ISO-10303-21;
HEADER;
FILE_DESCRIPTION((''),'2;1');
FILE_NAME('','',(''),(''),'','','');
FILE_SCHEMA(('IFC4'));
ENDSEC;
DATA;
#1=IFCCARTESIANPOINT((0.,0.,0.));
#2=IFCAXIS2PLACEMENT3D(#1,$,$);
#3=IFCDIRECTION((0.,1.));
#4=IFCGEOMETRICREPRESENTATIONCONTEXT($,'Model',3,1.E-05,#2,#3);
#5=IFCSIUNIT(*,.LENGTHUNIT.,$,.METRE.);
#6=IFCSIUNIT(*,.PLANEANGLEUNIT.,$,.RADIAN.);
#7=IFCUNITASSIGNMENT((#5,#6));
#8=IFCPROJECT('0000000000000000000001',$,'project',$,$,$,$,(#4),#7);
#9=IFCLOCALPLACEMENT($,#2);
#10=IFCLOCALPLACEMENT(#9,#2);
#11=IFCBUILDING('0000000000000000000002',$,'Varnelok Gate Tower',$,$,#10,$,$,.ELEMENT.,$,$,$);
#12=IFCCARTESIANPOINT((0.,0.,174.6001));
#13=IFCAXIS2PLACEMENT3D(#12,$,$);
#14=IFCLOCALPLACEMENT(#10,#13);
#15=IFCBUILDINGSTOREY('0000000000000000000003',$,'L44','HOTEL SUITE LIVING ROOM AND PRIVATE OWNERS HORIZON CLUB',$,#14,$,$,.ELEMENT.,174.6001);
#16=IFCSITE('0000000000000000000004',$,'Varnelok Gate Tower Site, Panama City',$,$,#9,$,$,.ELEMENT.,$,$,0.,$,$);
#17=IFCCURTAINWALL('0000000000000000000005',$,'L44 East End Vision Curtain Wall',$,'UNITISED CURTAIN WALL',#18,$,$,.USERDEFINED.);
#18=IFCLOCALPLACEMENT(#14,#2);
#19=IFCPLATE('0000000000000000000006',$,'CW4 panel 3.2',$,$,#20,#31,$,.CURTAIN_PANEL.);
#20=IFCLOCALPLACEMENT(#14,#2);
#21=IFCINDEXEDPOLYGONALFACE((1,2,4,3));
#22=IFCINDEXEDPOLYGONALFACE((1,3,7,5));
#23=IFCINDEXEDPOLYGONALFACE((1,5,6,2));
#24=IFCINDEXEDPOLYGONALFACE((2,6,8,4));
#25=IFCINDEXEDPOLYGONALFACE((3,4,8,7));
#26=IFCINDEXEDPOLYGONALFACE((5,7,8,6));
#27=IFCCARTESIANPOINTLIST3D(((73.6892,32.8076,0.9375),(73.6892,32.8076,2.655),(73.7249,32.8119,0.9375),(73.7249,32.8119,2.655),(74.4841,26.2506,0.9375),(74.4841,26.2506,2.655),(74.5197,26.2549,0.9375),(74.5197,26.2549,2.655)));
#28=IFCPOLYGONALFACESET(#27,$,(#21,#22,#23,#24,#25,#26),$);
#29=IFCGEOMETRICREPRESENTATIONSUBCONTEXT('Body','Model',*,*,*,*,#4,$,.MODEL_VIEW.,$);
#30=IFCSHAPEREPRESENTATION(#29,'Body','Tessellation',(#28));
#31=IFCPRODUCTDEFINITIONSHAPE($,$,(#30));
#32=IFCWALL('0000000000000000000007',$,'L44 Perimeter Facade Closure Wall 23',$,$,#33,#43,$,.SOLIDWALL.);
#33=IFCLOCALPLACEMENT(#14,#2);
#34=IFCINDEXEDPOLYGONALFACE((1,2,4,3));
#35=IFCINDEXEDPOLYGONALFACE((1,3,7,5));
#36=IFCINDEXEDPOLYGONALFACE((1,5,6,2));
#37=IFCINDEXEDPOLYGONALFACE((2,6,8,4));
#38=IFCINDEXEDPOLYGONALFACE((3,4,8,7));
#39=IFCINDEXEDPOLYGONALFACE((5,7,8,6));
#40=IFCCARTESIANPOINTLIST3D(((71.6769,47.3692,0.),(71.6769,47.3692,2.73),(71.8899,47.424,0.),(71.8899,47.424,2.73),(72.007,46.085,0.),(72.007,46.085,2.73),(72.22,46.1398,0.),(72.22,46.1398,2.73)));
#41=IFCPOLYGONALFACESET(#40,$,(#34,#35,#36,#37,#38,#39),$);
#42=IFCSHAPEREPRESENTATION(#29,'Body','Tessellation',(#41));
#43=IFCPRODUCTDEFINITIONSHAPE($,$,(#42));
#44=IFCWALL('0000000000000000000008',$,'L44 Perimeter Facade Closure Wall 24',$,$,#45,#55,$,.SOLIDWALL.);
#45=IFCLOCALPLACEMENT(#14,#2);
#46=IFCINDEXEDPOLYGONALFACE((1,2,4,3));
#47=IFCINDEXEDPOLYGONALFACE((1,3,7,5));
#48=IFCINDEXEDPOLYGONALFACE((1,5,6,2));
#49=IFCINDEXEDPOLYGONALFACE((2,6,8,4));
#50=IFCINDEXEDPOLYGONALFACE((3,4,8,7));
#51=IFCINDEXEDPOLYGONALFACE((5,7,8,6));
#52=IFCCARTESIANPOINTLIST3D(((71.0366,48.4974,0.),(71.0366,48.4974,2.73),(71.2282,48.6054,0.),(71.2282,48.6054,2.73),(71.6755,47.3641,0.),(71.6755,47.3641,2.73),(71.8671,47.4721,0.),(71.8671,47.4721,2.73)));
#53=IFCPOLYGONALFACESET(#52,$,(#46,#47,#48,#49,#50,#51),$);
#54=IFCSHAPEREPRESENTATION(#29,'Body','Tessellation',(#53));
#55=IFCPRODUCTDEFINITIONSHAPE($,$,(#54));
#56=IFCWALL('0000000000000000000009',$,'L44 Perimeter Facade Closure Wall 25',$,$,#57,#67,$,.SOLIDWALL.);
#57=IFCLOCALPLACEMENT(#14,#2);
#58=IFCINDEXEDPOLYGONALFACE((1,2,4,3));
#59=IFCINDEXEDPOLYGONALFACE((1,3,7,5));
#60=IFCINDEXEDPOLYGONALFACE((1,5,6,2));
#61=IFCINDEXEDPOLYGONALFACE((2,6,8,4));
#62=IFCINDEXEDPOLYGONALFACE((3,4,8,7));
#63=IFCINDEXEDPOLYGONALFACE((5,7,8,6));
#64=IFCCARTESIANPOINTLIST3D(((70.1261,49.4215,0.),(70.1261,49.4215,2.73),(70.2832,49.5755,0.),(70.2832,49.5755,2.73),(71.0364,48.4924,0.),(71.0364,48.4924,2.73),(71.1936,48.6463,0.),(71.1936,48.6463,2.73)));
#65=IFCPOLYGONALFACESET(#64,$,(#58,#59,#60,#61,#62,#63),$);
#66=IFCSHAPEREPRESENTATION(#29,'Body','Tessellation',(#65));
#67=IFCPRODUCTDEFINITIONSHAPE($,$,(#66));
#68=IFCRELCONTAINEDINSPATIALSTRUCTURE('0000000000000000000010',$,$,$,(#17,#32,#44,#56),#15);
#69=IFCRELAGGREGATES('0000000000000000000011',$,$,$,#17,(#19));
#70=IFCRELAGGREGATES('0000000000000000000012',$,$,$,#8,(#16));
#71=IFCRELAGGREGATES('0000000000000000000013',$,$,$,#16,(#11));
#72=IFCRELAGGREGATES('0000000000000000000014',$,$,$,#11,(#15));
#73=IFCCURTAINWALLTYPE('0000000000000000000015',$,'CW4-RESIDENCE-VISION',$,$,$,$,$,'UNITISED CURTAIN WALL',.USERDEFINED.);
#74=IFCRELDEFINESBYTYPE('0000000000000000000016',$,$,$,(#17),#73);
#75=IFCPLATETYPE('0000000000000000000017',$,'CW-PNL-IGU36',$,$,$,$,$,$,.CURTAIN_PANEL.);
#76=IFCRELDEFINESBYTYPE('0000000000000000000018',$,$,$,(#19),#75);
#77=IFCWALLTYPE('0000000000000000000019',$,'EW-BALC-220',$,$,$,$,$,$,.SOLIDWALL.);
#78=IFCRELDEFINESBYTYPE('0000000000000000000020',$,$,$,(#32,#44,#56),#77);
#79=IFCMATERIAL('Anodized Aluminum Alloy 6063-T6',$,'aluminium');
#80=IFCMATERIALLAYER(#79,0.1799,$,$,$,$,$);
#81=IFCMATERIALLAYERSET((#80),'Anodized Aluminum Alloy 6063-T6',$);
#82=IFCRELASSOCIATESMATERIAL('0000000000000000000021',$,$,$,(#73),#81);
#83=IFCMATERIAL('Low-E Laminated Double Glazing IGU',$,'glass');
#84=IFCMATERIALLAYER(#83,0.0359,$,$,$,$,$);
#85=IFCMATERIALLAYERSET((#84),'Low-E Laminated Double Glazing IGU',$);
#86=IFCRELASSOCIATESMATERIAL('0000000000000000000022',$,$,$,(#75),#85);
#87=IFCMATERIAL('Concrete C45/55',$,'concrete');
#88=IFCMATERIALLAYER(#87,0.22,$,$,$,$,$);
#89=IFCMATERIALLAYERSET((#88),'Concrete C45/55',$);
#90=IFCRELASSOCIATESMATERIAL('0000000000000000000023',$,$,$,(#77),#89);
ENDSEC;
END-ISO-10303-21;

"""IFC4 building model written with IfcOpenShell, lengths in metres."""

from ifc_helpers import new_model, si_unit, direction, frame, frame_2d, origin, origin_2d, place, context, subcontext, project, spatial, rectangle, extrude, source, transform, mapped, material, layer, layer_set, type_object, element, aggregate, save


model = new_model("IFC4")

# Units and contexts
model_context = context("Model", 3, precision=1e-05, world=origin(), true_north=direction((0.0, 1.0)))
body_context = subcontext(model_context, "Body", "Model", "MODEL_VIEW")
ifc_project = project(units=[si_unit("LENGTHUNIT", "METRE"), si_unit("PLANEANGLEUNIT", "RADIAN")], contexts=[model_context])

# Site, building, storey
site_placement = place(None, origin())
site = spatial("IfcSite", under=ifc_project, at=site_placement, Name="Varnelok Gate Tower Site, Panama City", CompositionType="ELEMENT", RefElevation=0.0)
building_placement = place(site_placement, origin())
building = spatial("IfcBuilding", under=site, at=building_placement, Name="Varnelok Gate Tower", CompositionType="ELEMENT")
storey_placement = place(building_placement, frame((0.0, 0.0, 174.6001)))
storey = spatial("IfcBuildingStorey", under=building, at=storey_placement, Name="L44", Description="HOTEL SUITE LIVING ROOM AND PRIVATE OWNERS HORIZON CLUB", CompositionType="ELEMENT", Elevation=174.6001)

# Curtain wall, plate
ifc_material_1 = material(Name="Anodized Aluminum Alloy 6063-T6", Category="aluminium")
ifc_layer_1 = layer(ifc_material_1, 0.1799)
ifc_layer_set_1 = layer_set([ifc_layer_1], Name="Anodized Aluminum Alloy 6063-T6")
curtain_wall_type = type_object("IfcCurtainWallType", Name="CW4-RESIDENCE-VISION", ElementType="UNITISED CURTAIN WALL", PredefinedType="USERDEFINED", material=ifc_layer_set_1)
curtain_wall_placement = place(storey_placement, origin())
curtain_wall = element("IfcCurtainWall", 1, at=curtain_wall_placement, inside=storey, type_object=curtain_wall_type, Name="L44 East End Vision Curtain Wall", ObjectType="UNITISED CURTAIN WALL", PredefinedType="USERDEFINED")
ifc_material_2 = material(Name="Low-E Laminated Double Glazing IGU", Category="glass")
ifc_layer_2 = layer(ifc_material_2, 0.0359)
ifc_layer_set_2 = layer_set([ifc_layer_2], Name="Low-E Laminated Double Glazing IGU")
plate_type = type_object("IfcPlateType", Name="CW-PNL-IGU36", PredefinedType="CURTAIN_PANEL", material=ifc_layer_set_2)
shared_shape_1 = source(origin(), body_context, "Body", "SweptSolid", [
    extrude(rectangle(XDim=6.605, YDim=0.0359, at=origin_2d()), origin(), (0.0, 0.0, 1.0), 1.7175),
])
plate_1_placement = place(storey_placement, frame((74.1045, 29.5312, 0.9375), z_axis=(0.0, 0.0, 1.0), x_axis=(0.120345, -0.992732, 0.0)))
plate_1 = element("IfcPlate", 2, at=plate_1_placement, type_object=plate_type, Name="CW4 panel 3.2", PredefinedType="CURTAIN_PANEL", context=body_context, shape_type="MappedRepresentation", body=[
    mapped(shared_shape_1, transform((0.0, 0.0, 0.0), scale=1.0)),
])
aggregate(curtain_wall, [plate_1])

# Walls
ifc_material_3 = material(Name="Concrete C45/55", Category="concrete")
ifc_layer_3 = layer(ifc_material_3, 0.22)
ifc_layer_set_3 = layer_set([ifc_layer_3], Name="Concrete C45/55")
wall_type = type_object("IfcWallType", Name="EW-BALC-220", PredefinedType="SOLIDWALL", material=ifc_layer_set_3)
wall_1_placement = place(storey_placement, frame((72.1135, 46.1123, 0.0), z_axis=(0.0, 0.0, 1.0), x_axis=(-0.248942, 0.968518, 0.0)))
element("IfcWall", 3, at=wall_1_placement, inside=storey, type_object=wall_type, Name="L44 Perimeter Facade Closure Wall 23", PredefinedType="SOLIDWALL", context=body_context, shape_type="SweptSolid", body=[
    extrude(rectangle(XDim=1.3259, YDim=0.22, at=frame_2d((0.6631, 0.0))), origin(), (0.0, 0.0, 1.0), 2.73),
])
wall_2_placement = place(storey_placement, frame((71.7712, 47.4182, 0.0), z_axis=(0.0, 0.0, 1.0), x_axis=(-0.491099, 0.871104, 0.0)))
element("IfcWall", 4, at=wall_2_placement, inside=storey, type_object=wall_type, Name="L44 Perimeter Facade Closure Wall 24", PredefinedType="SOLIDWALL", context=body_context, shape_type="SweptSolid", body=[
    extrude(rectangle(XDim=1.301, YDim=0.22, at=frame_2d((0.6504, 0.0))), origin(), (0.0, 0.0, 1.0), 2.73),
])
wall_3_placement = place(storey_placement, frame((71.115, 48.5693, 0.0), z_axis=(0.0, 0.0, 1.0), x_axis=(-0.699844, 0.714295, 0.0)))
element("IfcWall", 5, at=wall_3_placement, inside=storey, type_object=wall_type, Name="L44 Perimeter Facade Closure Wall 25", PredefinedType="SOLIDWALL", context=body_context, shape_type="SweptSolid", body=[
    extrude(rectangle(XDim=1.3008, YDim=0.22, at=frame_2d((0.6504, 0.0))), origin(), (0.0, 0.0, 1.0), 2.73),
])

save(model, "model.ifc")
